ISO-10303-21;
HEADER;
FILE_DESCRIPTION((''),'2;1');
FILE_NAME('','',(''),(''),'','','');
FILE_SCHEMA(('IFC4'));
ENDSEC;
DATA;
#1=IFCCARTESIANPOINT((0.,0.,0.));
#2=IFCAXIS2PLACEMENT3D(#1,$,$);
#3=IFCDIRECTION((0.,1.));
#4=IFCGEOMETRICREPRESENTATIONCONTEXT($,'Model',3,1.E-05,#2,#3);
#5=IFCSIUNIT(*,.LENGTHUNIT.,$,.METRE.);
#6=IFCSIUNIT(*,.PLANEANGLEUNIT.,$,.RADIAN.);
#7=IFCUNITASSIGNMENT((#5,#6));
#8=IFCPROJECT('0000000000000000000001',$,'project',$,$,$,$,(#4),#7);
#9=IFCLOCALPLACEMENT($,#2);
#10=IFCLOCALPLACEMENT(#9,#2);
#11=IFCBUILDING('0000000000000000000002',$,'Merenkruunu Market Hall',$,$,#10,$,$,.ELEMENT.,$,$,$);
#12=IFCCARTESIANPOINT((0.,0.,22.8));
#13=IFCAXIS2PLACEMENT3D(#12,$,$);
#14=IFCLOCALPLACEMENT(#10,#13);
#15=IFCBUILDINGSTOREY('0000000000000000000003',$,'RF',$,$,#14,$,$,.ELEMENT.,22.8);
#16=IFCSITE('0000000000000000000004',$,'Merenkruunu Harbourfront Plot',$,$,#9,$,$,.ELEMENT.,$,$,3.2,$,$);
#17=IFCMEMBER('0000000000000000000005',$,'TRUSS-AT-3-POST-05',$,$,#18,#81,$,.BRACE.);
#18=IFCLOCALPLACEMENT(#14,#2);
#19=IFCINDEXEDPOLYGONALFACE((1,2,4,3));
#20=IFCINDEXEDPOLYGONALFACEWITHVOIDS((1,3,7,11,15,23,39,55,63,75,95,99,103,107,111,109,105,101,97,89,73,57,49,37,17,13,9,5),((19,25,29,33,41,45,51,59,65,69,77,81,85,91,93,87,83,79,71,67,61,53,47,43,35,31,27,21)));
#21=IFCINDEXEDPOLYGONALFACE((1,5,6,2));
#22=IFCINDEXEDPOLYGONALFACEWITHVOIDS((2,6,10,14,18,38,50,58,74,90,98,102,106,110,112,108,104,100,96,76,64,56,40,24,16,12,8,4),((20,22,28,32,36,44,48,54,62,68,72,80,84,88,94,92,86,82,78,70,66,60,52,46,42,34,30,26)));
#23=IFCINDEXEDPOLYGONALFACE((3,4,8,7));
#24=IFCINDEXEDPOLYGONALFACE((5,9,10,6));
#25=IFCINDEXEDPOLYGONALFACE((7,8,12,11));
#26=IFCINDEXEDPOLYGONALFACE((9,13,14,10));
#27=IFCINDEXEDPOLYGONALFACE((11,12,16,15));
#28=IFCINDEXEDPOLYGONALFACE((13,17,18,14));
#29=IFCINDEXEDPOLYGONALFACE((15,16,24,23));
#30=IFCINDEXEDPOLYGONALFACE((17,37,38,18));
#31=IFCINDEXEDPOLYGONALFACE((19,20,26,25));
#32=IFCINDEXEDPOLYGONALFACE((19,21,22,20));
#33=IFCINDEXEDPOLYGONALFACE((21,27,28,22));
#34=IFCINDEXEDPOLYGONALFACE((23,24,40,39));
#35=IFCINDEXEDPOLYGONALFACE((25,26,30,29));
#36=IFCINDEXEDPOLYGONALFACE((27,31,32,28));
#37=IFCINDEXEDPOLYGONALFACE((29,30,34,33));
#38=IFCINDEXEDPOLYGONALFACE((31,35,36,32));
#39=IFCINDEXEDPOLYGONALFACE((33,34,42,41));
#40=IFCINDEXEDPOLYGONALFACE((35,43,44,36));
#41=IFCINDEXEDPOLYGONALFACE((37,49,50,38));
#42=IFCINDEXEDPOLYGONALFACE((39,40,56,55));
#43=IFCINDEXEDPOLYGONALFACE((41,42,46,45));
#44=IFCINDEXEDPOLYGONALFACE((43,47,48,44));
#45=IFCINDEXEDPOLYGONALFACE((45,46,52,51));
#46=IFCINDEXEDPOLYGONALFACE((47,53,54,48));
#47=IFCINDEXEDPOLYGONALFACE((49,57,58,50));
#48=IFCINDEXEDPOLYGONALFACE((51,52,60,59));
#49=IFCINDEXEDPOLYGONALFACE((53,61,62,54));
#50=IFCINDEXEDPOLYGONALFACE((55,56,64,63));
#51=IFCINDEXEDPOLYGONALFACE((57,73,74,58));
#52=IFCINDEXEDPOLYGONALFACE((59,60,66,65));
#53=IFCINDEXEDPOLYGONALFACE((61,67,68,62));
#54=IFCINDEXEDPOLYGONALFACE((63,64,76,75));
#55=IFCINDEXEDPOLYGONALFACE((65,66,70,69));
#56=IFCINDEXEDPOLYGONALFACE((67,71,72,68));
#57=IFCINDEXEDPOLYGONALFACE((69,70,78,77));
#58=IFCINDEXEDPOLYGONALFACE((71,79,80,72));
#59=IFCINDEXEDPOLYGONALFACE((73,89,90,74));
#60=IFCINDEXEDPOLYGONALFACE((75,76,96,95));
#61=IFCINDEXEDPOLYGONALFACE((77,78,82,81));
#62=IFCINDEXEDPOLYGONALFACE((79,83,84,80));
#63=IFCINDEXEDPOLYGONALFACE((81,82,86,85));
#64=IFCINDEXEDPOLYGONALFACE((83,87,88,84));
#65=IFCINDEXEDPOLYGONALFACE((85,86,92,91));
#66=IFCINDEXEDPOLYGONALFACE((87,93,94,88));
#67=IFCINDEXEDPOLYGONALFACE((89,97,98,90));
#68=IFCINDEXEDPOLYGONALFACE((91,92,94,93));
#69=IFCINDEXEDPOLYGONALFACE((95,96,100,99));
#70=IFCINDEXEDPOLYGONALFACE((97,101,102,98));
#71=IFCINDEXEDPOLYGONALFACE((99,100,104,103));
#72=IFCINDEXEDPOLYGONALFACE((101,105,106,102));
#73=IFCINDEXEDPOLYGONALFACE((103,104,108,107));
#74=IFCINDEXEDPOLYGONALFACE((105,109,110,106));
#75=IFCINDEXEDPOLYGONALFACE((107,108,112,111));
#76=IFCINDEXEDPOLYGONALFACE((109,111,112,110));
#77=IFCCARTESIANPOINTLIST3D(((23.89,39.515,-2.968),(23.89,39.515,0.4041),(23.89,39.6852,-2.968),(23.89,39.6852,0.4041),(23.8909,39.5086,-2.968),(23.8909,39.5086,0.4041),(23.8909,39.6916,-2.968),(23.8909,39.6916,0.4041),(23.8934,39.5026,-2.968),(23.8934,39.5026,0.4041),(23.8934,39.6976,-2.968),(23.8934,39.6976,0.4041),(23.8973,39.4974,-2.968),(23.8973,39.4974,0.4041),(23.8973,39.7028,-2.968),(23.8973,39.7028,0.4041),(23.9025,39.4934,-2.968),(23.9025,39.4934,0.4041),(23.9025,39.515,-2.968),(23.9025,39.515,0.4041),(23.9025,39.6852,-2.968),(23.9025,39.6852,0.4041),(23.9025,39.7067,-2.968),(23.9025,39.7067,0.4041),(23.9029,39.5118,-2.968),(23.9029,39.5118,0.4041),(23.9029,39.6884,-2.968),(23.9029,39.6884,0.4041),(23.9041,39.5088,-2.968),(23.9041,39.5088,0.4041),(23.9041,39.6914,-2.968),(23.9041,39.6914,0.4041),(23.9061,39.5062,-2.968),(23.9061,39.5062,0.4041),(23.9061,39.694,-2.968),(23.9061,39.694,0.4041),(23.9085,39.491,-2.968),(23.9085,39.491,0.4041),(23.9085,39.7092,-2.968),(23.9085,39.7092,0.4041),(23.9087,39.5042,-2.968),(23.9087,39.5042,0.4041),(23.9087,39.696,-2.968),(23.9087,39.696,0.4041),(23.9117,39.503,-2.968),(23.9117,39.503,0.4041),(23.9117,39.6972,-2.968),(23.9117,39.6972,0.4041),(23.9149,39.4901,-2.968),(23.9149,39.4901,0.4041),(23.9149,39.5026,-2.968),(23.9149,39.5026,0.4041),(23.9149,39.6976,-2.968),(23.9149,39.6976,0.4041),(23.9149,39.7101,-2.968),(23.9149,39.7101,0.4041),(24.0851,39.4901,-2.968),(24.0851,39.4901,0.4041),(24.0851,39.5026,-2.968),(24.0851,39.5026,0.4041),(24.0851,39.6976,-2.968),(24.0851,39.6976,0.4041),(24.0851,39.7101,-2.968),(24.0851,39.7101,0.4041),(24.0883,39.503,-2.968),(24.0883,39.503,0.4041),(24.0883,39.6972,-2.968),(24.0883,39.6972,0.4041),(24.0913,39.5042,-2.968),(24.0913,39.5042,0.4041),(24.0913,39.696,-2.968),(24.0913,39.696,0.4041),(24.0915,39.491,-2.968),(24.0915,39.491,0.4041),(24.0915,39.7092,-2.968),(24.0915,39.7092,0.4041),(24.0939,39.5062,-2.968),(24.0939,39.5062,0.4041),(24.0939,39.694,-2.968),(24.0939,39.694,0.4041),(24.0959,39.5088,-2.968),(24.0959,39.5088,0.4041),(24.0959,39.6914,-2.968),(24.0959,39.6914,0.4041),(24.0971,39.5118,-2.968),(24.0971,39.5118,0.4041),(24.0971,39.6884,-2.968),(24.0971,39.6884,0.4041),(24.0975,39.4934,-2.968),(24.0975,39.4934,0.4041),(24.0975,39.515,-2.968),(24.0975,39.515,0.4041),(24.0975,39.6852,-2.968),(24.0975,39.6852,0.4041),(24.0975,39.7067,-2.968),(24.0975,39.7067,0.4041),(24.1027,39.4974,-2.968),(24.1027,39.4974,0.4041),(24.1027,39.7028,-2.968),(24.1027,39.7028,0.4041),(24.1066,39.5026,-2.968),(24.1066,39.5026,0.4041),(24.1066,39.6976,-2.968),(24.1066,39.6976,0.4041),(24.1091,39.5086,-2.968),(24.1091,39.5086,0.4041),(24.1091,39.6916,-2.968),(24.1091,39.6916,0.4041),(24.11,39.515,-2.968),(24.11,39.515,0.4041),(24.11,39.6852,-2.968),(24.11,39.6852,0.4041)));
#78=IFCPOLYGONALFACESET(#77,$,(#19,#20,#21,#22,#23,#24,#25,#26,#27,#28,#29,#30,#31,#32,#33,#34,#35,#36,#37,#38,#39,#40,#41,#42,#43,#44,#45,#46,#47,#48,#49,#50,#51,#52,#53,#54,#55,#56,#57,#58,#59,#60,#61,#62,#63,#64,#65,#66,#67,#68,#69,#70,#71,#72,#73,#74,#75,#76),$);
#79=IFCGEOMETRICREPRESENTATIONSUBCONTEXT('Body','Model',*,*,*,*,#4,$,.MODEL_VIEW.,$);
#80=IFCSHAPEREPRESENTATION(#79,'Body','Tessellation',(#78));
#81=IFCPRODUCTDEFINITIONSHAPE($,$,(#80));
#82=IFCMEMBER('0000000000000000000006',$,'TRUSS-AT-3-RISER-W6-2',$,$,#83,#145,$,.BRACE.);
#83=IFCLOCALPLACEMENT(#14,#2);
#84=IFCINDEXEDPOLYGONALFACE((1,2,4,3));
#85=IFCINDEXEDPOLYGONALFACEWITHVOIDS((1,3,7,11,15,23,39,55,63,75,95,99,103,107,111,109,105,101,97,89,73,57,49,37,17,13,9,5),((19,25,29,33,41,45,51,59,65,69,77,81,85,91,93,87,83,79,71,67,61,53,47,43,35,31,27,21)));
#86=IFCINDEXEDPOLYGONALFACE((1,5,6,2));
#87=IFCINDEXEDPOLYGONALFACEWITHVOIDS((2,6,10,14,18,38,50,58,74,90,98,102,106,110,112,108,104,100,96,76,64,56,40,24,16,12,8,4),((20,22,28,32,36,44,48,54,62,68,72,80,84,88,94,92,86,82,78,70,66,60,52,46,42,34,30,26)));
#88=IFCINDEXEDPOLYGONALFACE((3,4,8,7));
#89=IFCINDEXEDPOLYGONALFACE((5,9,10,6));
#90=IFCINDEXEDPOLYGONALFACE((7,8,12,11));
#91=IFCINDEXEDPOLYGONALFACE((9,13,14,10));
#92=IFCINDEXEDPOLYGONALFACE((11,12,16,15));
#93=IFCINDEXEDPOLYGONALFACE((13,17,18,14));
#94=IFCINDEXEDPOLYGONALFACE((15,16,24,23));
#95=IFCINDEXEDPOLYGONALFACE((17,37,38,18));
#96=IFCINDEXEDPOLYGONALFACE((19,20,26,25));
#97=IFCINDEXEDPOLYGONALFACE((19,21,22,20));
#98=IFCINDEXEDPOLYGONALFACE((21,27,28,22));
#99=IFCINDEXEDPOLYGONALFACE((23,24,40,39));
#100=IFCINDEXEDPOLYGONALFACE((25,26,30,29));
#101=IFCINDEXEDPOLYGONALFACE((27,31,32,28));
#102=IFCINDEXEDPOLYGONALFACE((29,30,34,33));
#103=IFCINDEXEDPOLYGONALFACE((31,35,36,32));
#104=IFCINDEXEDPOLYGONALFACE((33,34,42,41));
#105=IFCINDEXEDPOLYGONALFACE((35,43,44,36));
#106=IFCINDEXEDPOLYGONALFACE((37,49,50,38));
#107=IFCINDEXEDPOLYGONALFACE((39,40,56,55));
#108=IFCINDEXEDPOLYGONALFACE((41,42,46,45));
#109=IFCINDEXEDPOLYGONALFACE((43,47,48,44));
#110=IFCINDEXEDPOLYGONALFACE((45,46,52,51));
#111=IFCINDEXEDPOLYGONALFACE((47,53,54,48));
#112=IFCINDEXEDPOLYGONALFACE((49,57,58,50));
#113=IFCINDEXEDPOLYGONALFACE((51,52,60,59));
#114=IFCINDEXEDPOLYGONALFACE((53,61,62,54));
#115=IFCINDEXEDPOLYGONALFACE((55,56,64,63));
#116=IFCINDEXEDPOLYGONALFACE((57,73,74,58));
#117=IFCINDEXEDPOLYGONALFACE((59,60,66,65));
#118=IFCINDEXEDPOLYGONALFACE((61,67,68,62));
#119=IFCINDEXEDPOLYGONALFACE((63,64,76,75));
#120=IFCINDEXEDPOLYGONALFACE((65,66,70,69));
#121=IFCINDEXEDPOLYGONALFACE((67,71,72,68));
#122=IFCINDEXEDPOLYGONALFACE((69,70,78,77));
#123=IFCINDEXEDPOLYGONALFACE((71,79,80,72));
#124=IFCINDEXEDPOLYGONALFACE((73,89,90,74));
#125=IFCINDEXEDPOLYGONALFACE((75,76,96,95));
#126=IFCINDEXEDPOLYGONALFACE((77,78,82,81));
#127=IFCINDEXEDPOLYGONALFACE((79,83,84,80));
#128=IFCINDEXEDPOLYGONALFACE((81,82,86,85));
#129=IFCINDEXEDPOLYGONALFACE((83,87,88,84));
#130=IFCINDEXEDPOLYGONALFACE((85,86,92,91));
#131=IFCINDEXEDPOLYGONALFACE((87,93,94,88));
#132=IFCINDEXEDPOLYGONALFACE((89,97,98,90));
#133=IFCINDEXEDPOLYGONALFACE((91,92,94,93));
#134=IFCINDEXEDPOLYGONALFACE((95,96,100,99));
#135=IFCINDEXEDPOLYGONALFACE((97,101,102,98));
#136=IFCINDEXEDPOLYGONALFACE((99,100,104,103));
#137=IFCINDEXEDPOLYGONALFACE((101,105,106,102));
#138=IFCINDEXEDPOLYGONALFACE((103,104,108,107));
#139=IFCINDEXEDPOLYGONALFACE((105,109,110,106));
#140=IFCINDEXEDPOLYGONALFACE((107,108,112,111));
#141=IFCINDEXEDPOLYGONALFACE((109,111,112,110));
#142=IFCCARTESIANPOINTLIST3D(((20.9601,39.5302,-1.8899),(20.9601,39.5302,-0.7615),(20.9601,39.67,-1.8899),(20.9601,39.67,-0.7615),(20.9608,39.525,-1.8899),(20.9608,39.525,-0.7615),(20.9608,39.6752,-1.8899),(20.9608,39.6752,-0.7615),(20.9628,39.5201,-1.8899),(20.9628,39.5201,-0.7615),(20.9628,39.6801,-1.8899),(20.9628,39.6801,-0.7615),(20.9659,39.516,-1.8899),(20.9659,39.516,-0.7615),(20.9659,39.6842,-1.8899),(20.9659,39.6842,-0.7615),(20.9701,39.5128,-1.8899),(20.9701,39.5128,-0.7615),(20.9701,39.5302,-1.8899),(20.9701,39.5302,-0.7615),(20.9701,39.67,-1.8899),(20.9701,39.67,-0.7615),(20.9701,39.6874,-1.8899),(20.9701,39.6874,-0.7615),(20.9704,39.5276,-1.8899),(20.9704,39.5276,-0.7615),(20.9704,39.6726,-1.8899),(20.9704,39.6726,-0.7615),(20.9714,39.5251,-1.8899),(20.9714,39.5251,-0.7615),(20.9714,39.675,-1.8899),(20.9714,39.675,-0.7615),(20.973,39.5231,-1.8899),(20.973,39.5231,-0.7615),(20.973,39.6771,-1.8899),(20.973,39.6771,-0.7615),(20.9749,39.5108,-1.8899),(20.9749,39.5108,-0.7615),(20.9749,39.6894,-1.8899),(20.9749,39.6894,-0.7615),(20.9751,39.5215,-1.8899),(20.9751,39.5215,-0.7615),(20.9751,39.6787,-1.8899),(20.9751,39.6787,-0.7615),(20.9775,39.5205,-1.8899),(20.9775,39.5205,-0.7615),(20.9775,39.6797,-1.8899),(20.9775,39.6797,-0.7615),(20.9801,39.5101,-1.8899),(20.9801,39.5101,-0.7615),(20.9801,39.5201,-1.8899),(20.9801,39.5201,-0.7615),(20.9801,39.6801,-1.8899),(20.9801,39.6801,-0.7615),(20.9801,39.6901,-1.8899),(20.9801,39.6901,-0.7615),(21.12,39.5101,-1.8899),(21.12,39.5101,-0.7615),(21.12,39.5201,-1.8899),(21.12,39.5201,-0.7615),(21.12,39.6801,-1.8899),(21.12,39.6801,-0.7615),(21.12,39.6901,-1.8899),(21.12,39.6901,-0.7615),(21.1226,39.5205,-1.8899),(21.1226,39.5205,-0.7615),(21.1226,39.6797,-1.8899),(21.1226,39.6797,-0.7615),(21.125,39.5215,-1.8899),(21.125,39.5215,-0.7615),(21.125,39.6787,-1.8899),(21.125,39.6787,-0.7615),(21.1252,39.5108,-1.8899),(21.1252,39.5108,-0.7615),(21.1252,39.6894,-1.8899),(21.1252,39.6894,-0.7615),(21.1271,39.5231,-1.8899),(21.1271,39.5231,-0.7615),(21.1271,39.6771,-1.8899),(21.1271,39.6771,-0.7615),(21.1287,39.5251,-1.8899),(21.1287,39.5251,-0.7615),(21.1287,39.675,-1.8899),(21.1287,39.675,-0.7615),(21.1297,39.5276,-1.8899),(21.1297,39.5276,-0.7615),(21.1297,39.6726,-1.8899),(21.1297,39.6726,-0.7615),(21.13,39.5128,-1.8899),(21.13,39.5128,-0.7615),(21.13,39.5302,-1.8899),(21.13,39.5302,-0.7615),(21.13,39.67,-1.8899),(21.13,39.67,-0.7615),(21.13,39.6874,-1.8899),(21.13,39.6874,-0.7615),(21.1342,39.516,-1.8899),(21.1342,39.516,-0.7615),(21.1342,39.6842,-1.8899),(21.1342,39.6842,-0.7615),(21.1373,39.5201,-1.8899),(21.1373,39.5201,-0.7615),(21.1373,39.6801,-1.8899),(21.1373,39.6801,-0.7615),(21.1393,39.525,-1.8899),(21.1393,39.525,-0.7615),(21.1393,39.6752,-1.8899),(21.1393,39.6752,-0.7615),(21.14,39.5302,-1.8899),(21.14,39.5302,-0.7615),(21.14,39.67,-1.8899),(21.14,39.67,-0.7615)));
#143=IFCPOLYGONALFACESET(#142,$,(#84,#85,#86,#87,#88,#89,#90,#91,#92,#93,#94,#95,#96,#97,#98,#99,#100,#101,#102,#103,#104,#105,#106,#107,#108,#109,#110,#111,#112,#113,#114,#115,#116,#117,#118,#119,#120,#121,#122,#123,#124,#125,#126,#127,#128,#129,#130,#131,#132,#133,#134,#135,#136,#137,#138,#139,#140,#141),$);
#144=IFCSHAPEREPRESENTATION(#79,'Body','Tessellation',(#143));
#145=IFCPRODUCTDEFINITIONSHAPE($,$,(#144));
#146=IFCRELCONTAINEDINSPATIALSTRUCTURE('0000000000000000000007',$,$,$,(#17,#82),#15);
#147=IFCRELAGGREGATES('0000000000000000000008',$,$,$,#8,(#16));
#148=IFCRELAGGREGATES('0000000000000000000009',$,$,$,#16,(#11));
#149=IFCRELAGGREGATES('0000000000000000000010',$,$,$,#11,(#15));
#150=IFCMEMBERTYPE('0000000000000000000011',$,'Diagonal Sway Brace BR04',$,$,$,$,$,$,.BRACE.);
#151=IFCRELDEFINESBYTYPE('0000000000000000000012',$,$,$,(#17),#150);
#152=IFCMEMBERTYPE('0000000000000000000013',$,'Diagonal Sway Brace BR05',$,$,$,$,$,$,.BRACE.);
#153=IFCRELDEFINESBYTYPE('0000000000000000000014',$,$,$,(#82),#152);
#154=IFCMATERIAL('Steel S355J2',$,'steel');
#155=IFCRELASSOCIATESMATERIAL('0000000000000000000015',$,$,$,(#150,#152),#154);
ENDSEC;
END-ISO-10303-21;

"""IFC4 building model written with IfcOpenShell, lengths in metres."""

from ifc_helpers import new_model, si_unit, direction, frame, origin, origin_2d, place, context, subcontext, project, spatial, hollow_rectangle, extrude, material, material_profile, profile_set, type_object, element, save


model = new_model("IFC4")

# Units and contexts
model_context = context("Model", 3, precision=1e-05, world=origin(), true_north=direction((0.0, 1.0)))
body_context = subcontext(model_context, "Body", "Model", "MODEL_VIEW")
ifc_project = project(units=[si_unit("LENGTHUNIT", "METRE"), si_unit("PLANEANGLEUNIT", "RADIAN")], contexts=[model_context])

# Site, building, storey
site_placement = place(None, origin())
site = spatial("IfcSite", under=ifc_project, at=site_placement, Name="Merenkruunu Harbourfront Plot", CompositionType="ELEMENT", RefElevation=3.2)
building_placement = place(site_placement, origin())
building = spatial("IfcBuilding", under=site, at=building_placement, Name="Merenkruunu Market Hall", CompositionType="ELEMENT")
storey_placement = place(building_placement, frame((0.0, 0.0, 22.8)))
storey = spatial("IfcBuildingStorey", under=building, at=storey_placement, Name="RF", CompositionType="ELEMENT", Elevation=22.8)

# Members
ifc_material_1 = material(Name="Steel S355J2", Category="steel")
ifc_material_profile_1 = material_profile(ifc_material_1, hollow_rectangle(XDim=0.22, YDim=0.22, WallThickness=0.0125, InnerFilletRadius=0.0125, OuterFilletRadius=0.0249, at=origin_2d()), Name="SHS 220x220x12.5")
ifc_profile_set_1 = profile_set([ifc_material_profile_1], Name="Steel S355J2")
member_type_1 = type_object("IfcMemberType", Name="Diagonal Sway Brace BR04", PredefinedType="BRACE", material=ifc_profile_set_1)
member_1_placement = place(storey_placement, frame((24.0, 39.6001, -2.968), z_axis=(0.0, 0.0, 1.0), x_axis=(1.0, 0.0, 0.0)))
element("IfcMember", 1, at=member_1_placement, inside=storey, type_object=member_type_1, Name="TRUSS-AT-3-POST-05", PredefinedType="BRACE", context=body_context, shape_type="SweptSolid", body=[
    extrude(hollow_rectangle(XDim=0.22, YDim=0.22, WallThickness=0.0125, InnerFilletRadius=0.0125, OuterFilletRadius=0.0249, at=origin_2d()), origin(), (0.0, 0.0, 1.0), 3.3721),
])
ifc_material_profile_2 = material_profile(ifc_material_1, hollow_rectangle(XDim=0.1799, YDim=0.1799, WallThickness=0.01, InnerFilletRadius=0.01, OuterFilletRadius=0.02, at=origin_2d()), Name="SHS 180x180x10")
ifc_profile_set_2 = profile_set([ifc_material_profile_2], Name="Steel S355J2")
member_type_2 = type_object("IfcMemberType", Name="Diagonal Sway Brace BR05", PredefinedType="BRACE", material=ifc_profile_set_2)
member_2_placement = place(storey_placement, frame((21.05, 39.6001, -1.8899), z_axis=(0.0, 0.0, 1.0), x_axis=(1.0, 0.0, 0.0)))
element("IfcMember", 2, at=member_2_placement, inside=storey, type_object=member_type_2, Name="TRUSS-AT-3-RISER-W6-2", PredefinedType="BRACE", context=body_context, shape_type="SweptSolid", body=[
    extrude(hollow_rectangle(XDim=0.1799, YDim=0.1799, WallThickness=0.01, InnerFilletRadius=0.01, OuterFilletRadius=0.02, at=origin_2d()), origin(), (0.0, 0.0, 1.0), 1.1284),
])

save(model, "model.ifc")
